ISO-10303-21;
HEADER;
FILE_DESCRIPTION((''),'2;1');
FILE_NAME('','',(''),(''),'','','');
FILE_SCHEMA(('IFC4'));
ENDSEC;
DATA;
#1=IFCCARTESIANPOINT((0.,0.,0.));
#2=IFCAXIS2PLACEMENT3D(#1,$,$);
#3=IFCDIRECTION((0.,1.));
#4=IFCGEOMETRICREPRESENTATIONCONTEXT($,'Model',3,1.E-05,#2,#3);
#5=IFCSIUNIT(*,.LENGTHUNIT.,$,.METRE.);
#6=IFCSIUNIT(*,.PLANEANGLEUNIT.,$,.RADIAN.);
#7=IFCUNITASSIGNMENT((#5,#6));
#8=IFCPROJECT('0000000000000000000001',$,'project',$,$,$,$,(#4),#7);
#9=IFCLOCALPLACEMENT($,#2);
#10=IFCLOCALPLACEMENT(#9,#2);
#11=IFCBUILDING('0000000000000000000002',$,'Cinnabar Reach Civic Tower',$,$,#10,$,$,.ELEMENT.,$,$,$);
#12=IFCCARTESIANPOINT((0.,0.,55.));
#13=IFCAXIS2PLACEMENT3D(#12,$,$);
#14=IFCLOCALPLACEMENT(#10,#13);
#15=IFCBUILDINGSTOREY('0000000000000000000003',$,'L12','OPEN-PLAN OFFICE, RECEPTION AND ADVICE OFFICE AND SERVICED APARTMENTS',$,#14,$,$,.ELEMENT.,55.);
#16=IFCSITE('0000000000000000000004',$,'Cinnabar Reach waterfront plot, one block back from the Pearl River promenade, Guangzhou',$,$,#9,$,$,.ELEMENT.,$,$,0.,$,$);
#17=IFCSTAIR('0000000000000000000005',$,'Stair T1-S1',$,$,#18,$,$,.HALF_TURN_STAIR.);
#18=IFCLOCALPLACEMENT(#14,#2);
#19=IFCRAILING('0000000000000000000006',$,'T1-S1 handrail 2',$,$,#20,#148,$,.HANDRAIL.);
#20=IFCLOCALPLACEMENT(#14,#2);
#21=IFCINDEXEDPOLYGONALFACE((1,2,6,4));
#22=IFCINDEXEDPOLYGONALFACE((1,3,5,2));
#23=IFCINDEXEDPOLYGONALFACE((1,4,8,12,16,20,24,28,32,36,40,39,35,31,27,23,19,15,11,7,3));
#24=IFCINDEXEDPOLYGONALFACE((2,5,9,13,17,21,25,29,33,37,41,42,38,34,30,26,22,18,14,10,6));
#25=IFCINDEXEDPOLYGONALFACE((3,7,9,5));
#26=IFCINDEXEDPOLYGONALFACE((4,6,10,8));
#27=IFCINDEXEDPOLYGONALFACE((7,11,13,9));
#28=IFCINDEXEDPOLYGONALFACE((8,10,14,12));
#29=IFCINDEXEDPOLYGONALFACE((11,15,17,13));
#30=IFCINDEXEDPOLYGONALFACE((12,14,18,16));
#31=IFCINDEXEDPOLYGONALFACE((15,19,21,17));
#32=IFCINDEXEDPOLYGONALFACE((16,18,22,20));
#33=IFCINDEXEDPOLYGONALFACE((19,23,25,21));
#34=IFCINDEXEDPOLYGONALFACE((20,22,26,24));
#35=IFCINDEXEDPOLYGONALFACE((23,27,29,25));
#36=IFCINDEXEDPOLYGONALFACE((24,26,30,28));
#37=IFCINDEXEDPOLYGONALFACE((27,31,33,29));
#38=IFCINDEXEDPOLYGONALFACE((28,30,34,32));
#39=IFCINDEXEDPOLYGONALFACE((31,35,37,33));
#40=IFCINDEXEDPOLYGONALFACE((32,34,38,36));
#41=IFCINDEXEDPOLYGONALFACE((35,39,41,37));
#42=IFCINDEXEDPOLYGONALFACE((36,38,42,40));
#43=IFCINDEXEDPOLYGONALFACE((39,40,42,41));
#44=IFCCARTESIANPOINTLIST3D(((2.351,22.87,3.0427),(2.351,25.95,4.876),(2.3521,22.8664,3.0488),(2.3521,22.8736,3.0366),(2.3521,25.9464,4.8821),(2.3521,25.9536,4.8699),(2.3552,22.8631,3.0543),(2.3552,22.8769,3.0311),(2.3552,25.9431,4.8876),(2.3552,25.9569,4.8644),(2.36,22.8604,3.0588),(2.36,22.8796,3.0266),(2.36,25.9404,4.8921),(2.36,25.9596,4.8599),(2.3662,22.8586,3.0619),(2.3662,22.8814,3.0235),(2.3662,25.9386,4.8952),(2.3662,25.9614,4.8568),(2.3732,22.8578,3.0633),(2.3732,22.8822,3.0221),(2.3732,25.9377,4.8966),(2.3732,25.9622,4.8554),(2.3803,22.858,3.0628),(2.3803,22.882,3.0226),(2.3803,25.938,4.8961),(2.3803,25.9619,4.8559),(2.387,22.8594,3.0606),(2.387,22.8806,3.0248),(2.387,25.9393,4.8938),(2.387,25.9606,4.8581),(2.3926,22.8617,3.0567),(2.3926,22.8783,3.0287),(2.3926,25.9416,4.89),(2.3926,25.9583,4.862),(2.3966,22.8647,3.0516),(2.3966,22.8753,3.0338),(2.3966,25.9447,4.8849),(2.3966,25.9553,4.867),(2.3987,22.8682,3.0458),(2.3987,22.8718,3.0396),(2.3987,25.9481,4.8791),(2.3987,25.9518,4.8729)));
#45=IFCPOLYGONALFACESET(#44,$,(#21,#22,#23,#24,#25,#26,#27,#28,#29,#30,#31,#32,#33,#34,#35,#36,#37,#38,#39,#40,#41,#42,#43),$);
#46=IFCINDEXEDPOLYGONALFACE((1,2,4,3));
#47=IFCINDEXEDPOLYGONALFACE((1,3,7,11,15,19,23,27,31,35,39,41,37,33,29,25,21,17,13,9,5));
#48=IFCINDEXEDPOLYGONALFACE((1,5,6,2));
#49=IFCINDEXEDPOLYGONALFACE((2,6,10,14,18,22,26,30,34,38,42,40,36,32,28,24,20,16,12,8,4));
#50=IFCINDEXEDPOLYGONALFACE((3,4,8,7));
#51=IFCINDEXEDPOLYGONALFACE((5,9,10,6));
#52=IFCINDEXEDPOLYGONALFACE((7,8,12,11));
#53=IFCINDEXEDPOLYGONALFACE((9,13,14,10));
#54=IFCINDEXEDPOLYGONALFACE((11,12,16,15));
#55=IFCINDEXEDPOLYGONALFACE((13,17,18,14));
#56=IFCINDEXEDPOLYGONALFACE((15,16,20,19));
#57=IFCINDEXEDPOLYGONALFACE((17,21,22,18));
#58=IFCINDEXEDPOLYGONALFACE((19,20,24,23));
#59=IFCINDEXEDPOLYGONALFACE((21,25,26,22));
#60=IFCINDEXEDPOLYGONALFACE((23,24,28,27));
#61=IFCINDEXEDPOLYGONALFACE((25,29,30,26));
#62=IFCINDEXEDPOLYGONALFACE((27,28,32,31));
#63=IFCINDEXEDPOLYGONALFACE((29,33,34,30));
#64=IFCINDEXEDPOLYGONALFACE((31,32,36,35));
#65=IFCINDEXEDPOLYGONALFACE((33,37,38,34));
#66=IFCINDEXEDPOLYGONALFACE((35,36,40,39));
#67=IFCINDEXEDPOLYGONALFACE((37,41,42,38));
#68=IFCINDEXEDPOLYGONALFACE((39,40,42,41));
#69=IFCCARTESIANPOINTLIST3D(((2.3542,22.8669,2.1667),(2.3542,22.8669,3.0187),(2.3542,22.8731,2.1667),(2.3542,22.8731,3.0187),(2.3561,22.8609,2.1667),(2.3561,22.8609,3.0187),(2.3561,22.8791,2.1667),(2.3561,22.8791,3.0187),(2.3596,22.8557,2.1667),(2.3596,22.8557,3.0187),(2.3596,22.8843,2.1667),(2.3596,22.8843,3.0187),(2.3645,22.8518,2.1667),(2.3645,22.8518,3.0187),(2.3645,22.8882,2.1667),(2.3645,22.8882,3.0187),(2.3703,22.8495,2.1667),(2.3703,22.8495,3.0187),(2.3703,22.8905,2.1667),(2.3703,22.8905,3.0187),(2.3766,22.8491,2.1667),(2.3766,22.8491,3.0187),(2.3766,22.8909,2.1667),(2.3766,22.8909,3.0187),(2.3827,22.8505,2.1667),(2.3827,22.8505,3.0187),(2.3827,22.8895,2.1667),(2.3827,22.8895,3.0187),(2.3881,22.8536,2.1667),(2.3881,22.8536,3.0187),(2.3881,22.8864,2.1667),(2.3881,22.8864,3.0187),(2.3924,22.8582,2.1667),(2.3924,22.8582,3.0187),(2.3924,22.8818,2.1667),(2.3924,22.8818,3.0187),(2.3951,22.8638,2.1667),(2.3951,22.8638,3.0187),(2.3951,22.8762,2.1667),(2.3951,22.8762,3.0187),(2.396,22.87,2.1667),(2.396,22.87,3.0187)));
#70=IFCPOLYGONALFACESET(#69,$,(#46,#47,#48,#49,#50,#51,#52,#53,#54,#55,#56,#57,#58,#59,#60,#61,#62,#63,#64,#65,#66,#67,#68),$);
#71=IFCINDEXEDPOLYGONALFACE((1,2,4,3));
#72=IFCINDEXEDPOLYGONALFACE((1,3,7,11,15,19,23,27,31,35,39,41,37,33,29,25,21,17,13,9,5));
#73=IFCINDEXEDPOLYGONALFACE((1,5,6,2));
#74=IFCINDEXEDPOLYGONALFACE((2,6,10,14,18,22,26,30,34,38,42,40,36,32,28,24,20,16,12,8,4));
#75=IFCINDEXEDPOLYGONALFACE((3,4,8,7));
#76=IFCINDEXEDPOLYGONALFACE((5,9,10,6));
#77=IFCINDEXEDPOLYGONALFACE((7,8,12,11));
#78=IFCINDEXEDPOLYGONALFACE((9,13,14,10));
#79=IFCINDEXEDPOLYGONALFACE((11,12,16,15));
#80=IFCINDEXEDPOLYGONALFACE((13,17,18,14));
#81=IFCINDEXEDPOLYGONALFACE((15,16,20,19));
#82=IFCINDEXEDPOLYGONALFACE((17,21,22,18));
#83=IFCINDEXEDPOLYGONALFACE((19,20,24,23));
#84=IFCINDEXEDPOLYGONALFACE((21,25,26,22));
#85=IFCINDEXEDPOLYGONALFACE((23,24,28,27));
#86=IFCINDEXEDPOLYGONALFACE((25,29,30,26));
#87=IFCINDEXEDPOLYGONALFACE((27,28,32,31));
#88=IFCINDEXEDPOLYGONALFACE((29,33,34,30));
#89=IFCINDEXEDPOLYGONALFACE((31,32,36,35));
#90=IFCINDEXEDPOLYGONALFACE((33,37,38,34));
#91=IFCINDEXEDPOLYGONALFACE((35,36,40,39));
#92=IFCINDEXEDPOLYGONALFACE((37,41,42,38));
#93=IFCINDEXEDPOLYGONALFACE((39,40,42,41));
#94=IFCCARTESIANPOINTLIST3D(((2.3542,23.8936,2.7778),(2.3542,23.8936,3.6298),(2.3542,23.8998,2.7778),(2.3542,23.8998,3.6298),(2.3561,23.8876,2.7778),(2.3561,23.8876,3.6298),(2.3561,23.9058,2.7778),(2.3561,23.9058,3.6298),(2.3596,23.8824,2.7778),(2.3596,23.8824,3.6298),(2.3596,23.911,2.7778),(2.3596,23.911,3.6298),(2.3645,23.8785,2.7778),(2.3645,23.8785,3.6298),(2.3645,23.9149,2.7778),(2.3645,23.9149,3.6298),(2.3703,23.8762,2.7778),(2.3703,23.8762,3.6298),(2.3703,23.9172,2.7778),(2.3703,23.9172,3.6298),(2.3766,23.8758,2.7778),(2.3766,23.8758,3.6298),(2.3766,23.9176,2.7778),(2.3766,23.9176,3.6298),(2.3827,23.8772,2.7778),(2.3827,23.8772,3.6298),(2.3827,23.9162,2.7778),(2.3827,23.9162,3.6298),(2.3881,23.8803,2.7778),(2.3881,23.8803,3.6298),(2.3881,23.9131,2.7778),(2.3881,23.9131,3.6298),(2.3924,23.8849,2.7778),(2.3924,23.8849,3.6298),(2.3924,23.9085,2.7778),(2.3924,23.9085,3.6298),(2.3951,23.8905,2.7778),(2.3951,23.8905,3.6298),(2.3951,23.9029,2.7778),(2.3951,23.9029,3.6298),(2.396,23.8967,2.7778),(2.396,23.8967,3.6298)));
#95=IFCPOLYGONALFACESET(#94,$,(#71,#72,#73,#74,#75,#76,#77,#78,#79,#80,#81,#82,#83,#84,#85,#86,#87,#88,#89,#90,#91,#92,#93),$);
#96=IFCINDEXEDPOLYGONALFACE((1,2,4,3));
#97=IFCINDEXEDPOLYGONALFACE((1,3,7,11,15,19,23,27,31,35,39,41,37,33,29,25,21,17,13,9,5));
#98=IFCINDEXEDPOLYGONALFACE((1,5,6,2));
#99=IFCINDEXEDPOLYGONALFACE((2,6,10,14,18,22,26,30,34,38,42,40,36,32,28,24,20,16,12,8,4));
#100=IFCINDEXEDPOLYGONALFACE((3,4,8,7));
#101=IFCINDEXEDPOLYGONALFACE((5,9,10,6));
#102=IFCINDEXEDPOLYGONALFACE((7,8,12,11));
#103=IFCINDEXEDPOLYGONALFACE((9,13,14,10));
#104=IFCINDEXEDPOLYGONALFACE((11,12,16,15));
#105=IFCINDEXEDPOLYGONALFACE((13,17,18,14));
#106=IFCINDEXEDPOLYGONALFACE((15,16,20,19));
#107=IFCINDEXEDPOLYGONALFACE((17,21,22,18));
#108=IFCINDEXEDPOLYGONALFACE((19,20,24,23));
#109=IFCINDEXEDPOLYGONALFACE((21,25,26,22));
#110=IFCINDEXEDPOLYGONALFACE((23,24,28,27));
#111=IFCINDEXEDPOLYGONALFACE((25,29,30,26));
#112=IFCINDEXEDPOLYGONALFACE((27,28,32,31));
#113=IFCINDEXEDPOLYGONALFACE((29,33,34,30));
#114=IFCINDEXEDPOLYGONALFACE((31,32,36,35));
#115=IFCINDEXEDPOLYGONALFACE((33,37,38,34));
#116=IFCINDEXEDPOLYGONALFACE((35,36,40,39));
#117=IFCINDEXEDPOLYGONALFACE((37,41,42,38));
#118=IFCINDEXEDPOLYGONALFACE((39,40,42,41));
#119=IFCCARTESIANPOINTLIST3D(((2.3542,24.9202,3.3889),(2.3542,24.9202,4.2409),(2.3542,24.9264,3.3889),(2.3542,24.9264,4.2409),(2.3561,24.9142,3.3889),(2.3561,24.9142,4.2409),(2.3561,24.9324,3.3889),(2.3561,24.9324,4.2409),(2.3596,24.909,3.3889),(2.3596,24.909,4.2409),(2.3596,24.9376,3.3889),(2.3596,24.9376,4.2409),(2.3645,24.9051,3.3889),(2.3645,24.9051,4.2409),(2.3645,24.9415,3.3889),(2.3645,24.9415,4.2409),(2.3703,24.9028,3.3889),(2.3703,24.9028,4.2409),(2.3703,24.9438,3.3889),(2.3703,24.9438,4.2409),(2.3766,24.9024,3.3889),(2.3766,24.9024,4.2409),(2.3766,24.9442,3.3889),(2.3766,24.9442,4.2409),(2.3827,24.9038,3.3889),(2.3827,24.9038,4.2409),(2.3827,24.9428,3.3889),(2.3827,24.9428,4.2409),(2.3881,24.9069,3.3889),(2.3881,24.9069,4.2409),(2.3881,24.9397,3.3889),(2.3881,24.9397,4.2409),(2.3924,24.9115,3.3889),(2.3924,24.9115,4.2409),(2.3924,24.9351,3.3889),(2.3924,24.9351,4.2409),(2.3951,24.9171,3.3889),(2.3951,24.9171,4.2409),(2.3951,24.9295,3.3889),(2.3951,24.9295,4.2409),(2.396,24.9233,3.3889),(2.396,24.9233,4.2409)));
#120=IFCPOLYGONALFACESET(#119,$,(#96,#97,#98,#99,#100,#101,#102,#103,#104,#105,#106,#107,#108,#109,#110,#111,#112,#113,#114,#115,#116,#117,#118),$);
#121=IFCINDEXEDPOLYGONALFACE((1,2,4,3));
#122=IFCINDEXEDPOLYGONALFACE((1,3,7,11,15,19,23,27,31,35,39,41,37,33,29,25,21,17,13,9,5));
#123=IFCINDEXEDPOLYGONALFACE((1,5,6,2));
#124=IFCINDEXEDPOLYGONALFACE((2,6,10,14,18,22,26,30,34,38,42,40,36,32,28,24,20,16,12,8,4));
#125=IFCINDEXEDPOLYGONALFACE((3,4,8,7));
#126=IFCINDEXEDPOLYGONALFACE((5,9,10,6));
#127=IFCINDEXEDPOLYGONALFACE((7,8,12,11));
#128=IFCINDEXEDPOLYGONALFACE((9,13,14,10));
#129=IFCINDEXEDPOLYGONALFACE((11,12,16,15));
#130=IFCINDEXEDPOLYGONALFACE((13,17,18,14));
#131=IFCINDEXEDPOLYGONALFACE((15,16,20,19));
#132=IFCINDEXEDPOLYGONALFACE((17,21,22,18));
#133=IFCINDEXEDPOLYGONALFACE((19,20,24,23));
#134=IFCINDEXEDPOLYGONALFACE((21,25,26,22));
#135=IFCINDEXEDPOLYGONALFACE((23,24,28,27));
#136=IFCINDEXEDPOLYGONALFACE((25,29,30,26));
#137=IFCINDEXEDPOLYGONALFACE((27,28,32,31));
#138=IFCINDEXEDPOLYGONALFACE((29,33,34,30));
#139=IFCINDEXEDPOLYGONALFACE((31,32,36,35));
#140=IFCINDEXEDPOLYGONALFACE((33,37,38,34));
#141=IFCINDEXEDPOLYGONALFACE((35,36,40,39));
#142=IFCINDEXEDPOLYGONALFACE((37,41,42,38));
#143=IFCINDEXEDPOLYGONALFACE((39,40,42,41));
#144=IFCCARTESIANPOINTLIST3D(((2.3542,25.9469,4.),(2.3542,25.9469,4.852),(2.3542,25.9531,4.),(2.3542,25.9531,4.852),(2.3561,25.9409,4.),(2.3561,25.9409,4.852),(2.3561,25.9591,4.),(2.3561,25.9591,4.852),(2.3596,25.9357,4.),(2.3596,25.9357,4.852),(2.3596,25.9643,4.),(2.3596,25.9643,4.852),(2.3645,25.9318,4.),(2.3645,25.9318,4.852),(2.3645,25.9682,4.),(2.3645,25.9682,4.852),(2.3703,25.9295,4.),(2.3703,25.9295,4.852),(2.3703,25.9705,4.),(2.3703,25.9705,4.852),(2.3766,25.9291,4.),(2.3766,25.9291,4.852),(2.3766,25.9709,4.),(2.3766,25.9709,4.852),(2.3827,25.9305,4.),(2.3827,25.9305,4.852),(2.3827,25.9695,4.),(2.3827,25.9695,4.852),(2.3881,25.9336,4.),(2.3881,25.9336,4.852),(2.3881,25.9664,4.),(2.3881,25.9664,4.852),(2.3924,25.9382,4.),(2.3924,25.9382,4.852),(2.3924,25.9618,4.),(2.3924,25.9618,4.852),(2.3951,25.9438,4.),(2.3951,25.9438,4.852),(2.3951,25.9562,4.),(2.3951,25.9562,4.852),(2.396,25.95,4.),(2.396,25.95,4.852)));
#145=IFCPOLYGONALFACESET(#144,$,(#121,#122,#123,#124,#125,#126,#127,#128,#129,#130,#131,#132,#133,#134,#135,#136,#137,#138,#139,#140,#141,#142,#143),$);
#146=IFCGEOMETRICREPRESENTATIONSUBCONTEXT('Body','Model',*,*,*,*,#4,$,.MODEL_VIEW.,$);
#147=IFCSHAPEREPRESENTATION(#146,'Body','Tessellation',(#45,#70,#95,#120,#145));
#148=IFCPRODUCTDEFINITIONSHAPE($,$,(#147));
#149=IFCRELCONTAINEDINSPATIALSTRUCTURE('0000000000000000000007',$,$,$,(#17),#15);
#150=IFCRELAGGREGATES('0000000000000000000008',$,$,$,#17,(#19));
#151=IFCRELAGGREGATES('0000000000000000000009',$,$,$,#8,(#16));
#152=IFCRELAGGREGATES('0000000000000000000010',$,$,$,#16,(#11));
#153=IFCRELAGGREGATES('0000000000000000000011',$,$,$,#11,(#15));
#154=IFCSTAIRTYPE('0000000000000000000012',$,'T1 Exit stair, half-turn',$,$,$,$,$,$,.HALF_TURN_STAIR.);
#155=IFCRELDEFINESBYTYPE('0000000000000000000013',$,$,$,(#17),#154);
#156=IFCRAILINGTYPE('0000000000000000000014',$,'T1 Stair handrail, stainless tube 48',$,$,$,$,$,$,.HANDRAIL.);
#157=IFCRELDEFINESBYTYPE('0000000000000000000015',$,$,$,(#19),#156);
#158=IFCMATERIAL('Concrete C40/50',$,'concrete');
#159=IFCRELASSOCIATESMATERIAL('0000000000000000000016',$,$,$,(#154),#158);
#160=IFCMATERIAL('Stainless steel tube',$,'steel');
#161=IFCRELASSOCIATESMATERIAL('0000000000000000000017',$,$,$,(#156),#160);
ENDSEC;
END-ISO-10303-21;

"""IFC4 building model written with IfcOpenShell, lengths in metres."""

from ifc_helpers import new_model, si_unit, direction, frame, origin, origin_2d, place, context, subcontext, project, spatial, circle, extrude, material, type_object, element, aggregate, save


model = new_model("IFC4")

# Units and contexts
model_context = context("Model", 3, precision=1e-05, world=origin(), true_north=direction((0.0, 1.0)))
body_context = subcontext(model_context, "Body", "Model", "MODEL_VIEW")
ifc_project = project(units=[si_unit("LENGTHUNIT", "METRE"), si_unit("PLANEANGLEUNIT", "RADIAN")], contexts=[model_context])

# Site, building, storey
site_placement = place(None, origin())
site = spatial("IfcSite", under=ifc_project, at=site_placement, Name="Cinnabar Reach waterfront plot, one block back from the Pearl River promenade, Guangzhou", CompositionType="ELEMENT", RefElevation=0.0)
building_placement = place(site_placement, origin())
building = spatial("IfcBuilding", under=site, at=building_placement, Name="Cinnabar Reach Civic Tower", CompositionType="ELEMENT")
storey_placement = place(building_placement, frame((0.0, 0.0, 55.0)))
storey = spatial("IfcBuildingStorey", under=building, at=storey_placement, Name="L12", Description="OPEN-PLAN OFFICE, RECEPTION AND ADVICE OFFICE AND SERVICED APARTMENTS", CompositionType="ELEMENT", Elevation=55.0)

# Stair, railing
ifc_material_1 = material(Name="Concrete C40/50", Category="concrete")
stair_type = type_object("IfcStairType", Name="T1 Exit stair, half-turn", PredefinedType="HALF_TURN_STAIR", material=ifc_material_1)
stair_placement = place(storey_placement, origin())
stair = element("IfcStair", 1, at=stair_placement, inside=storey, type_object=stair_type, Name="Stair T1-S1", PredefinedType="HALF_TURN_STAIR")
ifc_material_2 = material(Name="Stainless steel tube", Category="steel")
railing_type = type_object("IfcRailingType", Name="T1 Stair handrail, stainless tube 48", PredefinedType="HANDRAIL", material=ifc_material_2)
railing_placement = place(storey_placement, frame((2.375, 22.87, 2.1667)))
railing = element("IfcRailing", 2, at=railing_placement, type_object=railing_type, Name="T1-S1 handrail 2", PredefinedType="HANDRAIL", context=body_context, shape_type="SweptSolid", body=[
    extrude(circle(Radius=0.024, at=origin_2d()), frame((0.0, 0.0, 0.876), z_axis=(0.0, 0.859297, 0.511477), x_axis=(-1.0, 0.0, 0.0)), (0.0, 0.0, 1.0), 3.5843),
    extrude(circle(Radius=0.021, at=origin_2d()), origin(), (0.0, 0.0, 1.0), 0.852),
    extrude(circle(Radius=0.021, at=origin_2d()), frame((0.0, 1.0267, 0.6111)), (0.0, 0.0, 1.0), 0.852),
    extrude(circle(Radius=0.021, at=origin_2d()), frame((0.0, 2.0533, 1.2222)), (0.0, 0.0, 1.0), 0.852),
    extrude(circle(Radius=0.021, at=origin_2d()), frame((0.0, 3.08, 1.8333)), (0.0, 0.0, 1.0), 0.852),
])
aggregate(stair, [railing])

save(model, "model.ifc")
